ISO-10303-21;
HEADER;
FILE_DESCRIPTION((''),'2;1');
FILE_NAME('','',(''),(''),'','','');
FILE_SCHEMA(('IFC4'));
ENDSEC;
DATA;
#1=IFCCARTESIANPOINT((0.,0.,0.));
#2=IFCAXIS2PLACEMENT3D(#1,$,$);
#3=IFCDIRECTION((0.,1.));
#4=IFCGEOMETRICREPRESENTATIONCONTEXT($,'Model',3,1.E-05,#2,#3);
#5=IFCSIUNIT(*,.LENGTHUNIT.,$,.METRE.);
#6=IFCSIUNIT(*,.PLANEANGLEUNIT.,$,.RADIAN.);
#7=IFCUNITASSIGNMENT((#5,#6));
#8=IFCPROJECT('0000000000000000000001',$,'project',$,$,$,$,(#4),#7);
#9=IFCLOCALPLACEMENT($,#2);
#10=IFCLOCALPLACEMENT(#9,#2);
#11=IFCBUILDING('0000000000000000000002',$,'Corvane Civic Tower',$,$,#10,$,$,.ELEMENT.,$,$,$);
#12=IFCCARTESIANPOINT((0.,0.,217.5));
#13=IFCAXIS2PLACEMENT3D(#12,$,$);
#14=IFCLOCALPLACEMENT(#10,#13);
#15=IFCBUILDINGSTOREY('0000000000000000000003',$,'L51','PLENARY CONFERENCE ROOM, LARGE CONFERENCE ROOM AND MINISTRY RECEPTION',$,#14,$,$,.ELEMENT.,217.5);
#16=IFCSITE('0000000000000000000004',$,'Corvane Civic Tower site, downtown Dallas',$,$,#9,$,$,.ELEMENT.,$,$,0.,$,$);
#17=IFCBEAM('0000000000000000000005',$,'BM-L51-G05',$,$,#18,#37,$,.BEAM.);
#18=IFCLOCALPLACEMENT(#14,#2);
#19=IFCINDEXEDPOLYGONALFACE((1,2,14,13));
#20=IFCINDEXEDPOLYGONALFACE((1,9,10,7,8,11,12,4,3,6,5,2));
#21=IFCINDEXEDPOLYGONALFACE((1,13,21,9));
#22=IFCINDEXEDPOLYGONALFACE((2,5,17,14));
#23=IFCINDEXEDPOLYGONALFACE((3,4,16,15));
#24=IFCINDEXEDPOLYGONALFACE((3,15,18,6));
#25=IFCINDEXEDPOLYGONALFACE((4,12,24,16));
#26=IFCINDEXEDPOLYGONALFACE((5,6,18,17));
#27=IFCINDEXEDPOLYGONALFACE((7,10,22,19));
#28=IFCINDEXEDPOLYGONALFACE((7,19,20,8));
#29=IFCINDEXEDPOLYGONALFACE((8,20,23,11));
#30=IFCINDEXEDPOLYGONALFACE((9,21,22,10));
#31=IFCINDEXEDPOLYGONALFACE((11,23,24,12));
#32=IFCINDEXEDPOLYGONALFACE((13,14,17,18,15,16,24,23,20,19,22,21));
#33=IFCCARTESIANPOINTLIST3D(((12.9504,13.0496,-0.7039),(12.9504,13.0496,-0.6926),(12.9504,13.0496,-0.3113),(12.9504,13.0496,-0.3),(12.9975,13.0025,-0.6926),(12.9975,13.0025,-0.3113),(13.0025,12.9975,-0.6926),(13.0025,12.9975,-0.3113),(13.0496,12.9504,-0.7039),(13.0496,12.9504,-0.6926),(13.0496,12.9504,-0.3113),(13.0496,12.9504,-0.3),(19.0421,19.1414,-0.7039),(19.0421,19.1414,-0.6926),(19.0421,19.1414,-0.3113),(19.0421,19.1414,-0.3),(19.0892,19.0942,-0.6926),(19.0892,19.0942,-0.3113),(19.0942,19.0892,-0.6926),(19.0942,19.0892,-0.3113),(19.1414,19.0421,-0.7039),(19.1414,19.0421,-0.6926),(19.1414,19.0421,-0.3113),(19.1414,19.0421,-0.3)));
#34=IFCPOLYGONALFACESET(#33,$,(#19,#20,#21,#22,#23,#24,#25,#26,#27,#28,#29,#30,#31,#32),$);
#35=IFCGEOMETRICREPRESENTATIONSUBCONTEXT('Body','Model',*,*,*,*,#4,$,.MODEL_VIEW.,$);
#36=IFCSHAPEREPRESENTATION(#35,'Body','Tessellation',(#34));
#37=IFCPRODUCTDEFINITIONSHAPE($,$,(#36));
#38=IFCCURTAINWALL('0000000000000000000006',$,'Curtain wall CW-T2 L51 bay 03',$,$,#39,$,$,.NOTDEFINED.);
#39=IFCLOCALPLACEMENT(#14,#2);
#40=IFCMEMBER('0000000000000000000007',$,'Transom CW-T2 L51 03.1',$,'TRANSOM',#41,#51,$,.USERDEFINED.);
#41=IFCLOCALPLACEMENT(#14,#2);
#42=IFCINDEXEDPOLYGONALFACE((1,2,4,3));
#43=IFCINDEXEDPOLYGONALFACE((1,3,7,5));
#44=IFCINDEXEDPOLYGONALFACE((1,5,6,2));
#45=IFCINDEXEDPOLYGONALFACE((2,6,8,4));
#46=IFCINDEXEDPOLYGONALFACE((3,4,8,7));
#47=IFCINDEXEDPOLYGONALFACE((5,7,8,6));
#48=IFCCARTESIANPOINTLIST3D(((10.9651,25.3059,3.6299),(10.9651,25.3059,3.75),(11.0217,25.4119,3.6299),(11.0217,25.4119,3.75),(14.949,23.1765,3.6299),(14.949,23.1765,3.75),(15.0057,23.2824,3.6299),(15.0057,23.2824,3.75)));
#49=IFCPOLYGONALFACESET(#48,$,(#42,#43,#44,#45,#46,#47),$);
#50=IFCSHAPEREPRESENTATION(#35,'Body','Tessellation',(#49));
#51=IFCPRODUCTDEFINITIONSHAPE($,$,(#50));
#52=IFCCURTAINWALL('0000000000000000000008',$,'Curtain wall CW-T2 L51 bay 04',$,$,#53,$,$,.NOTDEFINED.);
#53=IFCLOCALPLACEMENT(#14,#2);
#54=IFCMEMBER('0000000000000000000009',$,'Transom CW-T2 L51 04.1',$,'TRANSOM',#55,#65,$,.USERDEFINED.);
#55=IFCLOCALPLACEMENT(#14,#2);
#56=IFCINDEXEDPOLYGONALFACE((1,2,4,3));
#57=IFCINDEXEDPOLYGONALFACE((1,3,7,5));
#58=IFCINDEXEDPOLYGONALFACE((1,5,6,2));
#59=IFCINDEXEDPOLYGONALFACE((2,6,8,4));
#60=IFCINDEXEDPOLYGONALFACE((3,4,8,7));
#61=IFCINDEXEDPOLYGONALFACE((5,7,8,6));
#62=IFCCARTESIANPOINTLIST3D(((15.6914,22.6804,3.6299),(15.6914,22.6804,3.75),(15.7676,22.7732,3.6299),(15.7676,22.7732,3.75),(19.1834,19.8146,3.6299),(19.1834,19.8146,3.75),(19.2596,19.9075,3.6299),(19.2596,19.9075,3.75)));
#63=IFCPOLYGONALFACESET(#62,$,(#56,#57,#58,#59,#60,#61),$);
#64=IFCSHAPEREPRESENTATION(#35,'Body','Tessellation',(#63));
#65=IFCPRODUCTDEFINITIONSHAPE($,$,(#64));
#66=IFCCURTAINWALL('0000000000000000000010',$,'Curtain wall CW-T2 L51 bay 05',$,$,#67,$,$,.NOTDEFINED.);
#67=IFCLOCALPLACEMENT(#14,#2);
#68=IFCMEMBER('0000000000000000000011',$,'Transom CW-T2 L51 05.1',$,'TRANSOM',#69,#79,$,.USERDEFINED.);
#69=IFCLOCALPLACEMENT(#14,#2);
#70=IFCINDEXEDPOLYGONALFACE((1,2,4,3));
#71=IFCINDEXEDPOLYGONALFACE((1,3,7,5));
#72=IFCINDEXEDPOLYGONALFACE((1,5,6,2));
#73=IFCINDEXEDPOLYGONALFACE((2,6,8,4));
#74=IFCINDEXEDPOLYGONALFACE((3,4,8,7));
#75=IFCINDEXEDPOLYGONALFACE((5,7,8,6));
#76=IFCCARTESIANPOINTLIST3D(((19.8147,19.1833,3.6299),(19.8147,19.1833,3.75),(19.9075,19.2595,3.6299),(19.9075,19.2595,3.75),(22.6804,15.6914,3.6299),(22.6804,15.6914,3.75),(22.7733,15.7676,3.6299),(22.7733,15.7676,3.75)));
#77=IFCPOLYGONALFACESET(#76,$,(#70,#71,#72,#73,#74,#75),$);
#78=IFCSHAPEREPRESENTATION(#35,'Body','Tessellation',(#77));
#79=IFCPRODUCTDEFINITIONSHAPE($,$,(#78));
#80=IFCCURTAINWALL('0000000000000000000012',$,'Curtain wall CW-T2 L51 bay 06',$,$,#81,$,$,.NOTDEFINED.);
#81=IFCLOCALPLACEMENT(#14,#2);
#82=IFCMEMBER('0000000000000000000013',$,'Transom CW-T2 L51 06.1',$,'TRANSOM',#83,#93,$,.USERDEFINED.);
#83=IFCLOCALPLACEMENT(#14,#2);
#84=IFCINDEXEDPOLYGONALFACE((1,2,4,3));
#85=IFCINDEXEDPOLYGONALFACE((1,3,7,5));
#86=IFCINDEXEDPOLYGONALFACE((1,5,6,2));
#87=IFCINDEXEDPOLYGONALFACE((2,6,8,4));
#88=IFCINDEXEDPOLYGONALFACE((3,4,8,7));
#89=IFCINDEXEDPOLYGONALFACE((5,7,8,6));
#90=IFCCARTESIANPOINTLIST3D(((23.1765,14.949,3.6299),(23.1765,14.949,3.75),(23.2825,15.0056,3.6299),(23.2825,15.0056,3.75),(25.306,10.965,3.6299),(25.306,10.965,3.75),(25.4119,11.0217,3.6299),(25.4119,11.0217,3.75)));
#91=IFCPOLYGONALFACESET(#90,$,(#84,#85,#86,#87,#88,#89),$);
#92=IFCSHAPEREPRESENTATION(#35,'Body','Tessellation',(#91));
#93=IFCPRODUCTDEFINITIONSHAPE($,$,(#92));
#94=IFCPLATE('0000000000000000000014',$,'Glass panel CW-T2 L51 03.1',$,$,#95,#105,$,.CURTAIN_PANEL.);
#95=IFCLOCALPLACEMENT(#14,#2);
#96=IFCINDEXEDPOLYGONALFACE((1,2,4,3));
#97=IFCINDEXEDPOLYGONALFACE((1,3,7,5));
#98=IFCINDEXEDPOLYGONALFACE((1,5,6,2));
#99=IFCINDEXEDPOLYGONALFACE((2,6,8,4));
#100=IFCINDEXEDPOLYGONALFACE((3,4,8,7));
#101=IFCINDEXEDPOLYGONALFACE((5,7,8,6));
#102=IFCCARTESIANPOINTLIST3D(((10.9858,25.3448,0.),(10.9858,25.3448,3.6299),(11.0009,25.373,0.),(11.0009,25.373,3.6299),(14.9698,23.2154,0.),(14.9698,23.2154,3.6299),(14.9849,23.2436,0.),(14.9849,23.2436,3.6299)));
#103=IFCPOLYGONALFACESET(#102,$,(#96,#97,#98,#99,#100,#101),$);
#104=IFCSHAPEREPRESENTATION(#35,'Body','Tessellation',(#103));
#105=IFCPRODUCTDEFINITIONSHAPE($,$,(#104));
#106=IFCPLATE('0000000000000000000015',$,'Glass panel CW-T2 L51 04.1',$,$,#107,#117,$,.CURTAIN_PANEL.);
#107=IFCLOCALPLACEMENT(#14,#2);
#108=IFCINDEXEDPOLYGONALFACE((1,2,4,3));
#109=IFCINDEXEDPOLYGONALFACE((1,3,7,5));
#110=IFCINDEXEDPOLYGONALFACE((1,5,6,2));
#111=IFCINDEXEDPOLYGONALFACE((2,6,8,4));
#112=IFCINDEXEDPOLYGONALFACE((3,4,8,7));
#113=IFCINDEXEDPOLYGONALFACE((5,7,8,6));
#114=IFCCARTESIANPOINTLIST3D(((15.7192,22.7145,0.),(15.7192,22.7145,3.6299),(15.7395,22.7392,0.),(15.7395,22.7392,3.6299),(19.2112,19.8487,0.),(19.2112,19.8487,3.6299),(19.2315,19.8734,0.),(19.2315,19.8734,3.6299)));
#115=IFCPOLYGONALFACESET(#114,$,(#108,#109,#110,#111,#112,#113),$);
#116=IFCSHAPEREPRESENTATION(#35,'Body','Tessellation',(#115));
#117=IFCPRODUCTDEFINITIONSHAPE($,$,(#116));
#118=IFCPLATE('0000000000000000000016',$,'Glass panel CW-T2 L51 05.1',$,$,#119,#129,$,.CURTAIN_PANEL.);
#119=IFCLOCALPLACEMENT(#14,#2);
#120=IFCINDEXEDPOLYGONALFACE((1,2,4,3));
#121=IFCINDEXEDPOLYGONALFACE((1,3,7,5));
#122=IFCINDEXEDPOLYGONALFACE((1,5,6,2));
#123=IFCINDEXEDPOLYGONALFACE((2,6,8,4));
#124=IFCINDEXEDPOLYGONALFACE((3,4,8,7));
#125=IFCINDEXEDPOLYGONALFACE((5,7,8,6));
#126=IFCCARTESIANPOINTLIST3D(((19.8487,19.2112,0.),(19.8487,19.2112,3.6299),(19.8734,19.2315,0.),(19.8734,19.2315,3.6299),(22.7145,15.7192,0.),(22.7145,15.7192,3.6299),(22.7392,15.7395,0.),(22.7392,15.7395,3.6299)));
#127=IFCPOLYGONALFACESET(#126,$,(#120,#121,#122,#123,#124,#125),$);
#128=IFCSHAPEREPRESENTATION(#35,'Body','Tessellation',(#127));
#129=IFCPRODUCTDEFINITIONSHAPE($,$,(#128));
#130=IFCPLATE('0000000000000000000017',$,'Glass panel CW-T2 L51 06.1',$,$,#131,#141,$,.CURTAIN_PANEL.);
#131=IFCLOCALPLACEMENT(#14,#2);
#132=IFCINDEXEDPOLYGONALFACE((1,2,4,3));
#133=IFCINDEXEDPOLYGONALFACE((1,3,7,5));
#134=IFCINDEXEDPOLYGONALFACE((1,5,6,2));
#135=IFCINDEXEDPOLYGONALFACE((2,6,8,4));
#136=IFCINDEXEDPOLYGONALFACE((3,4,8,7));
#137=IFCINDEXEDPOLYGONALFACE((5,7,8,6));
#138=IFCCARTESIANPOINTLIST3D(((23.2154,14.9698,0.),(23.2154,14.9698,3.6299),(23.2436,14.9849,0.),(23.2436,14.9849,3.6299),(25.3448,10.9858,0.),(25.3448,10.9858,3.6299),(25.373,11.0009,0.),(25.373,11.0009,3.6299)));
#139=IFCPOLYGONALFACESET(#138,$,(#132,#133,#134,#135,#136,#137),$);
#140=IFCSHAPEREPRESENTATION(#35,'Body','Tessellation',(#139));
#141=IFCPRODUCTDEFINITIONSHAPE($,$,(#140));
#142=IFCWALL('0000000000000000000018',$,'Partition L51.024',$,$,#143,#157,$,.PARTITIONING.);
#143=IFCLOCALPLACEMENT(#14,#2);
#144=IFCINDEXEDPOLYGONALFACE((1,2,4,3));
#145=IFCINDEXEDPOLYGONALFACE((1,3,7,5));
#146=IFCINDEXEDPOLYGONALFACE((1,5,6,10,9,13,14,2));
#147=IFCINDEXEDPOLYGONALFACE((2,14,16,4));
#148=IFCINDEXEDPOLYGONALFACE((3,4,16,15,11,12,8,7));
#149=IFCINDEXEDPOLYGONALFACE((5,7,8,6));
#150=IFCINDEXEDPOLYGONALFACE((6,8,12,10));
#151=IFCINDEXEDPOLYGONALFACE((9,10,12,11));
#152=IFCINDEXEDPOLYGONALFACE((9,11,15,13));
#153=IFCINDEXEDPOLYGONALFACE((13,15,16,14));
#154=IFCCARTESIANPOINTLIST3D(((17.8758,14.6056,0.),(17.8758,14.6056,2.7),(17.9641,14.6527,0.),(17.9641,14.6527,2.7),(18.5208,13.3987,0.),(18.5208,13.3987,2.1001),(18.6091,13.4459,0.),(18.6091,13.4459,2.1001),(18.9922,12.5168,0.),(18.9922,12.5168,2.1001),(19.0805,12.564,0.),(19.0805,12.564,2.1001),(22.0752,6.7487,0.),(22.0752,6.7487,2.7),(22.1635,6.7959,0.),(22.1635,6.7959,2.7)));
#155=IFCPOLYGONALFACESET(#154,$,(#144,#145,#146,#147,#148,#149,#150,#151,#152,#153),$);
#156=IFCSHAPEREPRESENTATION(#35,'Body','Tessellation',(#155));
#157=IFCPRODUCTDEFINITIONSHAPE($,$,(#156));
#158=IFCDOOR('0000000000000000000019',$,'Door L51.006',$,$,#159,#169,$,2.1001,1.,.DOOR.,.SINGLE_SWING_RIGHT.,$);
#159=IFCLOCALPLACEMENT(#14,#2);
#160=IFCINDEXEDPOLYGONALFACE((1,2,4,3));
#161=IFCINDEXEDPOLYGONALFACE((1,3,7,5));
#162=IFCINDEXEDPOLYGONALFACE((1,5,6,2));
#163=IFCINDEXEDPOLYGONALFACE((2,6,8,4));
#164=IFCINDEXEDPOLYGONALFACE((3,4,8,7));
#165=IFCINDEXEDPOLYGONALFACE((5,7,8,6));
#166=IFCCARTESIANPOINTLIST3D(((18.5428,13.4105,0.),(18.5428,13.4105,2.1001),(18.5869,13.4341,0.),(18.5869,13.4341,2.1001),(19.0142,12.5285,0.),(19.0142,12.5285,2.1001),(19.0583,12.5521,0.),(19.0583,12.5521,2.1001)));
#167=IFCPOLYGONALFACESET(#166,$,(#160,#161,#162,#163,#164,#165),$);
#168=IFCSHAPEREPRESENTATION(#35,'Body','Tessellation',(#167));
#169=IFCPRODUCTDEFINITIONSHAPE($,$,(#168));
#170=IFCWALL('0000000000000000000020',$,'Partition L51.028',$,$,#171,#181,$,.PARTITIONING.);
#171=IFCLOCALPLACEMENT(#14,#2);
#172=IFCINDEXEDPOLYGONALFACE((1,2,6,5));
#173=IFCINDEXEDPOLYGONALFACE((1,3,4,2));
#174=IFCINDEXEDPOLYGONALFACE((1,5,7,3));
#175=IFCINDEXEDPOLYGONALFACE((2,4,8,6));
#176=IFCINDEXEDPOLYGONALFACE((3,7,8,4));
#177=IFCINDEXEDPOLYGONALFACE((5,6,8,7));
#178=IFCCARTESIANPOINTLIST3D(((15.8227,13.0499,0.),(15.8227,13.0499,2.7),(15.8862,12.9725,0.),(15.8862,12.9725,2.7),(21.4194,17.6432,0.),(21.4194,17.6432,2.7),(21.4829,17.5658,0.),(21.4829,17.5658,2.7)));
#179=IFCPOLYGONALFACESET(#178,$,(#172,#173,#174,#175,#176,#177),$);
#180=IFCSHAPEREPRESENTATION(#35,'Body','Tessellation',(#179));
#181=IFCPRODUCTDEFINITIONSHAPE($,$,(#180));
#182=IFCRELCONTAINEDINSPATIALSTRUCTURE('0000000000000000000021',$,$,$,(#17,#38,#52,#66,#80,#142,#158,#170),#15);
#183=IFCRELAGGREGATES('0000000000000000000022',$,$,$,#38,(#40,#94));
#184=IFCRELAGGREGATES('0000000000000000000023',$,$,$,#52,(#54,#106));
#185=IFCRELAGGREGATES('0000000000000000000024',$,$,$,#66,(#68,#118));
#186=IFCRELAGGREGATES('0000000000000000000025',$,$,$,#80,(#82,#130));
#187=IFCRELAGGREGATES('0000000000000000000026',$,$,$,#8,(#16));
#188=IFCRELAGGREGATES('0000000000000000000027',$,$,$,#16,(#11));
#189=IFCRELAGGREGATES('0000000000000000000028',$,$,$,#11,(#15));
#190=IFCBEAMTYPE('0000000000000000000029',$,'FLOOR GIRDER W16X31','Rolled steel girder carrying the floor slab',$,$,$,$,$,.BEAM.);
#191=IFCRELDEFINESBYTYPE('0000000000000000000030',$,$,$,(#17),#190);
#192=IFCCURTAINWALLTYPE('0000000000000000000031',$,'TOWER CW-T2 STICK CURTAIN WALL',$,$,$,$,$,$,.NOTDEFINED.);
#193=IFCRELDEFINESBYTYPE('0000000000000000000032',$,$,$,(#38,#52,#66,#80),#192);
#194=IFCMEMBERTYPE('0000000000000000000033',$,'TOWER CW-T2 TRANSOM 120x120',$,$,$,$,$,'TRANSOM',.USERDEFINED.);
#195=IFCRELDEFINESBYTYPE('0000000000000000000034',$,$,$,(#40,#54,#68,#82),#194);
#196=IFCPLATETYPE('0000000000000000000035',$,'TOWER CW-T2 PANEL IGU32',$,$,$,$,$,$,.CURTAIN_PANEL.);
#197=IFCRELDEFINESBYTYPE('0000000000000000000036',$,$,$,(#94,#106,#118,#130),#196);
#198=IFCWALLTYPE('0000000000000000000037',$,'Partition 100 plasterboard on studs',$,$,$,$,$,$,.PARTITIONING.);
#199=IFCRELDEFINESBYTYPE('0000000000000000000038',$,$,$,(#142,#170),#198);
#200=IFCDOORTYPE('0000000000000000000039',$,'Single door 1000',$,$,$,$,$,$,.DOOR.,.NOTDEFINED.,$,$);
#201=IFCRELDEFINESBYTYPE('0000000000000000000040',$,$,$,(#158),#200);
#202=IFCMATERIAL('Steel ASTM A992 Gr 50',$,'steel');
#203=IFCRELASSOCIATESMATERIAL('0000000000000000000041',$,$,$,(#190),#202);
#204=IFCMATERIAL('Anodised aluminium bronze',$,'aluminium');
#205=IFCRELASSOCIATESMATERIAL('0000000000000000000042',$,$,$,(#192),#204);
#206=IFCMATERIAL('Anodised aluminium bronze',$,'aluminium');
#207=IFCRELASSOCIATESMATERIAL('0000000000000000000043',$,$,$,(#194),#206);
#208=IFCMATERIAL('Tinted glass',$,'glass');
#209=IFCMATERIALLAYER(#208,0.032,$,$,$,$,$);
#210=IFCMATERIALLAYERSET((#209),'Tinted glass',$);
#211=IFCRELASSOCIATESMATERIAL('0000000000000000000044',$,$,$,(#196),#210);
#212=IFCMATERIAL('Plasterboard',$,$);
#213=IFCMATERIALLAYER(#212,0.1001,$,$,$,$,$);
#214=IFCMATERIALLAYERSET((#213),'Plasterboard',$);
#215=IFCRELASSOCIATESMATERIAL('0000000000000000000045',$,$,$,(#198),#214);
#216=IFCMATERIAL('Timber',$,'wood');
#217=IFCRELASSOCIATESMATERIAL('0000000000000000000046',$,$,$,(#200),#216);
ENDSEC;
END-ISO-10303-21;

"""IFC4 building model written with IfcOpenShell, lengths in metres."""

from ifc_helpers import new_model, si_unit, direction, frame, frame_2d, origin, origin_2d, place, context, subcontext, project, spatial, rectangle, i_section, extrude, material, layer, layer_set, material_profile, profile_set, type_object, element, fill, aggregate, save


model = new_model("IFC4")

# Units and contexts
model_context = context("Model", 3, precision=1e-05, world=origin(), true_north=direction((0.0, 1.0)))
body_context = subcontext(model_context, "Body", "Model", "MODEL_VIEW")
ifc_project = project(units=[si_unit("LENGTHUNIT", "METRE"), si_unit("PLANEANGLEUNIT", "RADIAN")], contexts=[model_context])

# Site, building, storey
site_placement = place(None, origin())
site = spatial("IfcSite", under=ifc_project, at=site_placement, Name="Corvane Civic Tower site, downtown Dallas", CompositionType="ELEMENT", RefElevation=0.0)
building_placement = place(site_placement, origin())
building = spatial("IfcBuilding", under=site, at=building_placement, Name="Corvane Civic Tower", CompositionType="ELEMENT")
storey_placement = place(building_placement, frame((0.0, 0.0, 217.5)))
storey = spatial("IfcBuildingStorey", under=building, at=storey_placement, Name="L51", Description="PLENARY CONFERENCE ROOM, LARGE CONFERENCE ROOM AND MINISTRY RECEPTION", CompositionType="ELEMENT", Elevation=217.5)

# Beam
ifc_material_1 = material(Name="Steel ASTM A992 Gr 50", Category="steel")
ifc_material_profile_1 = material_profile(ifc_material_1, i_section(OverallWidth=0.1404, OverallDepth=0.4038, WebThickness=0.0071, FlangeThickness=0.0112, at=origin_2d()), Name="W16X31")
ifc_profile_set_1 = profile_set([ifc_material_profile_1], Name="Steel ASTM A992 Gr 50")
beam_type_1 = type_object("IfcBeamType", Name="FLOOR GIRDER W16X31", Description="Rolled steel girder carrying the floor slab", PredefinedType="BEAM", material=ifc_profile_set_1)
beam_placement = place(storey_placement, frame((13.0, 13.0, -0.502), z_axis=(0.707107, 0.707107, 0.0), x_axis=(-0.707107, 0.707107, 0.0)))
element("IfcBeam", 1, at=beam_placement, inside=storey, type_object=beam_type_1, Name="BM-L51-G05", PredefinedType="BEAM", context=body_context, shape_type="SweptSolid", body=[
    extrude(i_section(OverallWidth=0.1404, OverallDepth=0.4038, WebThickness=0.0071, FlangeThickness=0.0112, at=origin_2d()), origin(), (0.0, 0.0, 1.0), 8.615),
])

# Curtain walls, members
ifc_material_2 = material(Name="Anodised aluminium bronze", Category="aluminium")
curtain_wall_type = type_object("IfcCurtainWallType", Name="TOWER CW-T2 STICK CURTAIN WALL", PredefinedType="NOTDEFINED", material=ifc_material_2)
curtain_wall_1_placement = place(storey_placement, origin())
curtain_wall_1 = element("IfcCurtainWall", 2, at=curtain_wall_1_placement, inside=storey, type_object=curtain_wall_type, Name="Curtain wall CW-T2 L51 bay 03", PredefinedType="NOTDEFINED")
ifc_material_3 = material(Name="Anodised aluminium bronze", Category="aluminium")
ifc_material_profile_2 = material_profile(ifc_material_3, rectangle(XDim=0.1201, YDim=0.1201, at=origin_2d()), Name="TOWER CW-T2 TRANSOM 120x120")
ifc_profile_set_2 = profile_set([ifc_material_profile_2], Name="Anodised aluminium bronze")
member_type = type_object("IfcMemberType", Name="TOWER CW-T2 TRANSOM 120x120", ElementType="TRANSOM", PredefinedType="USERDEFINED", material=ifc_profile_set_2)
member_1_placement = place(storey_placement, frame((10.9934, 25.3589, 3.6899), z_axis=(0.881925, -0.47139, 0.0), x_axis=(0.47139, 0.881925, 0.0)))
member_1 = element("IfcMember", 3, at=member_1_placement, type_object=member_type, Name="Transom CW-T2 L51 03.1", ObjectType="TRANSOM", PredefinedType="USERDEFINED", context=body_context, shape_type="SweptSolid", body=[
    extrude(rectangle(XDim=0.1201, YDim=0.1201, at=origin_2d()), origin(), (0.0, 0.0, 1.0), 4.5173),
])
curtain_wall_2_placement = place(storey_placement, origin())
curtain_wall_2 = element("IfcCurtainWall", 4, at=curtain_wall_2_placement, inside=storey, type_object=curtain_wall_type, Name="Curtain wall CW-T2 L51 bay 04", PredefinedType="NOTDEFINED")
member_2_placement = place(storey_placement, frame((15.7295, 22.7268, 3.6899), z_axis=(0.773015, -0.634388, 0.0), x_axis=(0.634388, 0.773015, 0.0)))
member_2 = element("IfcMember", 5, at=member_2_placement, type_object=member_type, Name="Transom CW-T2 L51 04.1", ObjectType="TRANSOM", PredefinedType="USERDEFINED", context=body_context, shape_type="SweptSolid", body=[
    extrude(rectangle(XDim=0.1201, YDim=0.1201, at=origin_2d()), origin(), (0.0, 0.0, 1.0), 4.5173),
])
curtain_wall_3_placement = place(storey_placement, origin())
curtain_wall_3 = element("IfcCurtainWall", 6, at=curtain_wall_3_placement, inside=storey, type_object=curtain_wall_type, Name="Curtain wall CW-T2 L51 bay 05", PredefinedType="NOTDEFINED")
member_3_placement = place(storey_placement, frame((19.8611, 19.2214, 3.6899), z_axis=(0.634388, -0.773015, 0.0), x_axis=(0.773015, 0.634388, 0.0)))
member_3 = element("IfcMember", 7, at=member_3_placement, type_object=member_type, Name="Transom CW-T2 L51 05.1", ObjectType="TRANSOM", PredefinedType="USERDEFINED", context=body_context, shape_type="SweptSolid", body=[
    extrude(rectangle(XDim=0.1201, YDim=0.1201, at=origin_2d()), origin(), (0.0, 0.0, 1.0), 4.5173),
])
curtain_wall_4_placement = place(storey_placement, origin())
curtain_wall_4 = element("IfcCurtainWall", 8, at=curtain_wall_4_placement, inside=storey, type_object=curtain_wall_type, Name="Curtain wall CW-T2 L51 bay 06", PredefinedType="NOTDEFINED")
member_4_placement = place(storey_placement, frame((23.2295, 14.9773, 3.6899), z_axis=(0.47139, -0.881925, 0.0), x_axis=(0.881925, 0.47139, 0.0)))
member_4 = element("IfcMember", 9, at=member_4_placement, type_object=member_type, Name="Transom CW-T2 L51 06.1", ObjectType="TRANSOM", PredefinedType="USERDEFINED", context=body_context, shape_type="SweptSolid", body=[
    extrude(rectangle(XDim=0.1201, YDim=0.1201, at=origin_2d()), origin(), (0.0, 0.0, 1.0), 4.5173),
])

# Plates
ifc_material_4 = material(Name="Tinted glass", Category="glass")
ifc_layer_1 = layer(ifc_material_4, 0.032)
ifc_layer_set_1 = layer_set([ifc_layer_1], Name="Tinted glass")
plate_type = type_object("IfcPlateType", Name="TOWER CW-T2 PANEL IGU32", PredefinedType="CURTAIN_PANEL", material=ifc_layer_set_1)
plate_1_placement = place(storey_placement, frame((12.9854, 24.2942, 0.0), z_axis=(0.0, 0.0, 1.0), x_axis=(0.88192, -0.471398, 0.0)))
plate_1 = element("IfcPlate", 10, at=plate_1_placement, type_object=plate_type, Name="Glass panel CW-T2 L51 03.1", PredefinedType="CURTAIN_PANEL", context=body_context, shape_type="SweptSolid", body=[
    extrude(rectangle(XDim=4.5173, YDim=0.032, at=origin_2d()), origin(), (0.0, 0.0, 1.0), 3.6299),
])
aggregate(curtain_wall_1, [member_1, plate_1])
plate_2_placement = place(storey_placement, frame((17.4753, 21.2939, 0.0), z_axis=(0.0, 0.0, 1.0), x_axis=(0.773012, -0.634391, 0.0)))
plate_2 = element("IfcPlate", 11, at=plate_2_placement, type_object=plate_type, Name="Glass panel CW-T2 L51 04.1", PredefinedType="CURTAIN_PANEL", context=body_context, shape_type="SweptSolid", body=[
    extrude(rectangle(XDim=4.5173, YDim=0.032, at=origin_2d()), origin(), (0.0, 0.0, 1.0), 3.6299),
])
aggregate(curtain_wall_2, [member_2, plate_2])
plate_3_placement = place(storey_placement, frame((21.2939, 17.4753, 0.0), z_axis=(0.0, 0.0, 1.0), x_axis=(0.634391, -0.773012, 0.0)))
plate_3 = element("IfcPlate", 12, at=plate_3_placement, type_object=plate_type, Name="Glass panel CW-T2 L51 05.1", PredefinedType="CURTAIN_PANEL", context=body_context, shape_type="SweptSolid", body=[
    extrude(rectangle(XDim=4.5173, YDim=0.032, at=origin_2d()), origin(), (0.0, 0.0, 1.0), 3.6299),
])
aggregate(curtain_wall_3, [member_3, plate_3])
plate_4_placement = place(storey_placement, frame((24.2942, 12.9854, 0.0), z_axis=(0.0, 0.0, 1.0), x_axis=(0.471398, -0.88192, 0.0)))
plate_4 = element("IfcPlate", 13, at=plate_4_placement, type_object=plate_type, Name="Glass panel CW-T2 L51 06.1", PredefinedType="CURTAIN_PANEL", context=body_context, shape_type="SweptSolid", body=[
    extrude(rectangle(XDim=4.5173, YDim=0.032, at=origin_2d()), origin(), (0.0, 0.0, 1.0), 3.6299),
])
aggregate(curtain_wall_4, [member_4, plate_4])

# Wall, opening, door
ifc_material_5 = material(Name="Plasterboard")
ifc_layer_2 = layer(ifc_material_5, 0.1001)
ifc_layer_set_2 = layer_set([ifc_layer_2], Name="Plasterboard")
wall_type_1 = type_object("IfcWallType", Name="Partition 100 plasterboard on studs", PredefinedType="PARTITIONING", material=ifc_layer_set_2)
wall_1_placement = place(storey_placement, frame((17.9199, 14.6292, 0.0), z_axis=(0.0, 0.0, 1.0), x_axis=(0.471383, -0.881929, 0.0)))
wall_1 = element("IfcWall", 14, at=wall_1_placement, inside=storey, type_object=wall_type_1, Name="Partition L51.024", PredefinedType="PARTITIONING", context=body_context, shape_type="SweptSolid", body=[
    extrude(rectangle(XDim=8.9087, YDim=0.1001, at=frame_2d((4.4543, 0.0))), origin(), (0.0, 0.0, 1.0), 2.7),
])
opening_placement = place(wall_1_placement, frame((1.3684, 0.0, 0.0)))
opening = element("IfcOpeningElement", 15, at=opening_placement, cuts=wall_1, PredefinedType="OPENING", context=body_context, shape_type="SweptSolid", body=[
    extrude(rectangle(XDim=1.0, YDim=2.1001, at=frame_2d((0.5, 1.05))), frame((0.0, 0.0601, 0.0), z_axis=(0.0, -1.0, 0.0), x_axis=(1.0, 0.0, 0.0)), (0.0, 0.0, 1.0), 0.1201),
])
ifc_material_6 = material(Name="Timber", Category="wood")
door_type = type_object("IfcDoorType", Name="Single door 1000", OperationType="NOTDEFINED", PredefinedType="DOOR", material=ifc_material_6)
door_placement = place(opening_placement, origin())
door = element("IfcDoor", 16, at=door_placement, inside=storey, type_object=door_type, Name="Door L51.006", OperationType="SINGLE_SWING_RIGHT", OverallHeight=2.1001, OverallWidth=1.0, PredefinedType="DOOR", context=body_context, shape_type="SweptSolid", body=[
    extrude(rectangle(XDim=1.0, YDim=2.1001, at=frame_2d((0.5, 1.05))), frame((0.0, 0.0249, 0.0), z_axis=(0.0, -1.0, 0.0), x_axis=(1.0, 0.0, 0.0)), (0.0, 0.0, 1.0), 0.05),
])
fill(opening, door)

# Wall
wall_2_placement = place(storey_placement, frame((15.8545, 13.0112, 0.0), z_axis=(0.0, 0.0, 1.0), x_axis=(0.772998, 0.634409, 0.0)))
element("IfcWall", 17, at=wall_2_placement, inside=storey, type_object=wall_type_1, Name="Partition L51.028", PredefinedType="PARTITIONING", context=body_context, shape_type="SweptSolid", body=[
    extrude(rectangle(XDim=7.2402, YDim=0.1001, at=frame_2d((3.6201, 0.0))), origin(), (0.0, 0.0, 1.0), 2.7),
])

save(model, "model.ifc")
